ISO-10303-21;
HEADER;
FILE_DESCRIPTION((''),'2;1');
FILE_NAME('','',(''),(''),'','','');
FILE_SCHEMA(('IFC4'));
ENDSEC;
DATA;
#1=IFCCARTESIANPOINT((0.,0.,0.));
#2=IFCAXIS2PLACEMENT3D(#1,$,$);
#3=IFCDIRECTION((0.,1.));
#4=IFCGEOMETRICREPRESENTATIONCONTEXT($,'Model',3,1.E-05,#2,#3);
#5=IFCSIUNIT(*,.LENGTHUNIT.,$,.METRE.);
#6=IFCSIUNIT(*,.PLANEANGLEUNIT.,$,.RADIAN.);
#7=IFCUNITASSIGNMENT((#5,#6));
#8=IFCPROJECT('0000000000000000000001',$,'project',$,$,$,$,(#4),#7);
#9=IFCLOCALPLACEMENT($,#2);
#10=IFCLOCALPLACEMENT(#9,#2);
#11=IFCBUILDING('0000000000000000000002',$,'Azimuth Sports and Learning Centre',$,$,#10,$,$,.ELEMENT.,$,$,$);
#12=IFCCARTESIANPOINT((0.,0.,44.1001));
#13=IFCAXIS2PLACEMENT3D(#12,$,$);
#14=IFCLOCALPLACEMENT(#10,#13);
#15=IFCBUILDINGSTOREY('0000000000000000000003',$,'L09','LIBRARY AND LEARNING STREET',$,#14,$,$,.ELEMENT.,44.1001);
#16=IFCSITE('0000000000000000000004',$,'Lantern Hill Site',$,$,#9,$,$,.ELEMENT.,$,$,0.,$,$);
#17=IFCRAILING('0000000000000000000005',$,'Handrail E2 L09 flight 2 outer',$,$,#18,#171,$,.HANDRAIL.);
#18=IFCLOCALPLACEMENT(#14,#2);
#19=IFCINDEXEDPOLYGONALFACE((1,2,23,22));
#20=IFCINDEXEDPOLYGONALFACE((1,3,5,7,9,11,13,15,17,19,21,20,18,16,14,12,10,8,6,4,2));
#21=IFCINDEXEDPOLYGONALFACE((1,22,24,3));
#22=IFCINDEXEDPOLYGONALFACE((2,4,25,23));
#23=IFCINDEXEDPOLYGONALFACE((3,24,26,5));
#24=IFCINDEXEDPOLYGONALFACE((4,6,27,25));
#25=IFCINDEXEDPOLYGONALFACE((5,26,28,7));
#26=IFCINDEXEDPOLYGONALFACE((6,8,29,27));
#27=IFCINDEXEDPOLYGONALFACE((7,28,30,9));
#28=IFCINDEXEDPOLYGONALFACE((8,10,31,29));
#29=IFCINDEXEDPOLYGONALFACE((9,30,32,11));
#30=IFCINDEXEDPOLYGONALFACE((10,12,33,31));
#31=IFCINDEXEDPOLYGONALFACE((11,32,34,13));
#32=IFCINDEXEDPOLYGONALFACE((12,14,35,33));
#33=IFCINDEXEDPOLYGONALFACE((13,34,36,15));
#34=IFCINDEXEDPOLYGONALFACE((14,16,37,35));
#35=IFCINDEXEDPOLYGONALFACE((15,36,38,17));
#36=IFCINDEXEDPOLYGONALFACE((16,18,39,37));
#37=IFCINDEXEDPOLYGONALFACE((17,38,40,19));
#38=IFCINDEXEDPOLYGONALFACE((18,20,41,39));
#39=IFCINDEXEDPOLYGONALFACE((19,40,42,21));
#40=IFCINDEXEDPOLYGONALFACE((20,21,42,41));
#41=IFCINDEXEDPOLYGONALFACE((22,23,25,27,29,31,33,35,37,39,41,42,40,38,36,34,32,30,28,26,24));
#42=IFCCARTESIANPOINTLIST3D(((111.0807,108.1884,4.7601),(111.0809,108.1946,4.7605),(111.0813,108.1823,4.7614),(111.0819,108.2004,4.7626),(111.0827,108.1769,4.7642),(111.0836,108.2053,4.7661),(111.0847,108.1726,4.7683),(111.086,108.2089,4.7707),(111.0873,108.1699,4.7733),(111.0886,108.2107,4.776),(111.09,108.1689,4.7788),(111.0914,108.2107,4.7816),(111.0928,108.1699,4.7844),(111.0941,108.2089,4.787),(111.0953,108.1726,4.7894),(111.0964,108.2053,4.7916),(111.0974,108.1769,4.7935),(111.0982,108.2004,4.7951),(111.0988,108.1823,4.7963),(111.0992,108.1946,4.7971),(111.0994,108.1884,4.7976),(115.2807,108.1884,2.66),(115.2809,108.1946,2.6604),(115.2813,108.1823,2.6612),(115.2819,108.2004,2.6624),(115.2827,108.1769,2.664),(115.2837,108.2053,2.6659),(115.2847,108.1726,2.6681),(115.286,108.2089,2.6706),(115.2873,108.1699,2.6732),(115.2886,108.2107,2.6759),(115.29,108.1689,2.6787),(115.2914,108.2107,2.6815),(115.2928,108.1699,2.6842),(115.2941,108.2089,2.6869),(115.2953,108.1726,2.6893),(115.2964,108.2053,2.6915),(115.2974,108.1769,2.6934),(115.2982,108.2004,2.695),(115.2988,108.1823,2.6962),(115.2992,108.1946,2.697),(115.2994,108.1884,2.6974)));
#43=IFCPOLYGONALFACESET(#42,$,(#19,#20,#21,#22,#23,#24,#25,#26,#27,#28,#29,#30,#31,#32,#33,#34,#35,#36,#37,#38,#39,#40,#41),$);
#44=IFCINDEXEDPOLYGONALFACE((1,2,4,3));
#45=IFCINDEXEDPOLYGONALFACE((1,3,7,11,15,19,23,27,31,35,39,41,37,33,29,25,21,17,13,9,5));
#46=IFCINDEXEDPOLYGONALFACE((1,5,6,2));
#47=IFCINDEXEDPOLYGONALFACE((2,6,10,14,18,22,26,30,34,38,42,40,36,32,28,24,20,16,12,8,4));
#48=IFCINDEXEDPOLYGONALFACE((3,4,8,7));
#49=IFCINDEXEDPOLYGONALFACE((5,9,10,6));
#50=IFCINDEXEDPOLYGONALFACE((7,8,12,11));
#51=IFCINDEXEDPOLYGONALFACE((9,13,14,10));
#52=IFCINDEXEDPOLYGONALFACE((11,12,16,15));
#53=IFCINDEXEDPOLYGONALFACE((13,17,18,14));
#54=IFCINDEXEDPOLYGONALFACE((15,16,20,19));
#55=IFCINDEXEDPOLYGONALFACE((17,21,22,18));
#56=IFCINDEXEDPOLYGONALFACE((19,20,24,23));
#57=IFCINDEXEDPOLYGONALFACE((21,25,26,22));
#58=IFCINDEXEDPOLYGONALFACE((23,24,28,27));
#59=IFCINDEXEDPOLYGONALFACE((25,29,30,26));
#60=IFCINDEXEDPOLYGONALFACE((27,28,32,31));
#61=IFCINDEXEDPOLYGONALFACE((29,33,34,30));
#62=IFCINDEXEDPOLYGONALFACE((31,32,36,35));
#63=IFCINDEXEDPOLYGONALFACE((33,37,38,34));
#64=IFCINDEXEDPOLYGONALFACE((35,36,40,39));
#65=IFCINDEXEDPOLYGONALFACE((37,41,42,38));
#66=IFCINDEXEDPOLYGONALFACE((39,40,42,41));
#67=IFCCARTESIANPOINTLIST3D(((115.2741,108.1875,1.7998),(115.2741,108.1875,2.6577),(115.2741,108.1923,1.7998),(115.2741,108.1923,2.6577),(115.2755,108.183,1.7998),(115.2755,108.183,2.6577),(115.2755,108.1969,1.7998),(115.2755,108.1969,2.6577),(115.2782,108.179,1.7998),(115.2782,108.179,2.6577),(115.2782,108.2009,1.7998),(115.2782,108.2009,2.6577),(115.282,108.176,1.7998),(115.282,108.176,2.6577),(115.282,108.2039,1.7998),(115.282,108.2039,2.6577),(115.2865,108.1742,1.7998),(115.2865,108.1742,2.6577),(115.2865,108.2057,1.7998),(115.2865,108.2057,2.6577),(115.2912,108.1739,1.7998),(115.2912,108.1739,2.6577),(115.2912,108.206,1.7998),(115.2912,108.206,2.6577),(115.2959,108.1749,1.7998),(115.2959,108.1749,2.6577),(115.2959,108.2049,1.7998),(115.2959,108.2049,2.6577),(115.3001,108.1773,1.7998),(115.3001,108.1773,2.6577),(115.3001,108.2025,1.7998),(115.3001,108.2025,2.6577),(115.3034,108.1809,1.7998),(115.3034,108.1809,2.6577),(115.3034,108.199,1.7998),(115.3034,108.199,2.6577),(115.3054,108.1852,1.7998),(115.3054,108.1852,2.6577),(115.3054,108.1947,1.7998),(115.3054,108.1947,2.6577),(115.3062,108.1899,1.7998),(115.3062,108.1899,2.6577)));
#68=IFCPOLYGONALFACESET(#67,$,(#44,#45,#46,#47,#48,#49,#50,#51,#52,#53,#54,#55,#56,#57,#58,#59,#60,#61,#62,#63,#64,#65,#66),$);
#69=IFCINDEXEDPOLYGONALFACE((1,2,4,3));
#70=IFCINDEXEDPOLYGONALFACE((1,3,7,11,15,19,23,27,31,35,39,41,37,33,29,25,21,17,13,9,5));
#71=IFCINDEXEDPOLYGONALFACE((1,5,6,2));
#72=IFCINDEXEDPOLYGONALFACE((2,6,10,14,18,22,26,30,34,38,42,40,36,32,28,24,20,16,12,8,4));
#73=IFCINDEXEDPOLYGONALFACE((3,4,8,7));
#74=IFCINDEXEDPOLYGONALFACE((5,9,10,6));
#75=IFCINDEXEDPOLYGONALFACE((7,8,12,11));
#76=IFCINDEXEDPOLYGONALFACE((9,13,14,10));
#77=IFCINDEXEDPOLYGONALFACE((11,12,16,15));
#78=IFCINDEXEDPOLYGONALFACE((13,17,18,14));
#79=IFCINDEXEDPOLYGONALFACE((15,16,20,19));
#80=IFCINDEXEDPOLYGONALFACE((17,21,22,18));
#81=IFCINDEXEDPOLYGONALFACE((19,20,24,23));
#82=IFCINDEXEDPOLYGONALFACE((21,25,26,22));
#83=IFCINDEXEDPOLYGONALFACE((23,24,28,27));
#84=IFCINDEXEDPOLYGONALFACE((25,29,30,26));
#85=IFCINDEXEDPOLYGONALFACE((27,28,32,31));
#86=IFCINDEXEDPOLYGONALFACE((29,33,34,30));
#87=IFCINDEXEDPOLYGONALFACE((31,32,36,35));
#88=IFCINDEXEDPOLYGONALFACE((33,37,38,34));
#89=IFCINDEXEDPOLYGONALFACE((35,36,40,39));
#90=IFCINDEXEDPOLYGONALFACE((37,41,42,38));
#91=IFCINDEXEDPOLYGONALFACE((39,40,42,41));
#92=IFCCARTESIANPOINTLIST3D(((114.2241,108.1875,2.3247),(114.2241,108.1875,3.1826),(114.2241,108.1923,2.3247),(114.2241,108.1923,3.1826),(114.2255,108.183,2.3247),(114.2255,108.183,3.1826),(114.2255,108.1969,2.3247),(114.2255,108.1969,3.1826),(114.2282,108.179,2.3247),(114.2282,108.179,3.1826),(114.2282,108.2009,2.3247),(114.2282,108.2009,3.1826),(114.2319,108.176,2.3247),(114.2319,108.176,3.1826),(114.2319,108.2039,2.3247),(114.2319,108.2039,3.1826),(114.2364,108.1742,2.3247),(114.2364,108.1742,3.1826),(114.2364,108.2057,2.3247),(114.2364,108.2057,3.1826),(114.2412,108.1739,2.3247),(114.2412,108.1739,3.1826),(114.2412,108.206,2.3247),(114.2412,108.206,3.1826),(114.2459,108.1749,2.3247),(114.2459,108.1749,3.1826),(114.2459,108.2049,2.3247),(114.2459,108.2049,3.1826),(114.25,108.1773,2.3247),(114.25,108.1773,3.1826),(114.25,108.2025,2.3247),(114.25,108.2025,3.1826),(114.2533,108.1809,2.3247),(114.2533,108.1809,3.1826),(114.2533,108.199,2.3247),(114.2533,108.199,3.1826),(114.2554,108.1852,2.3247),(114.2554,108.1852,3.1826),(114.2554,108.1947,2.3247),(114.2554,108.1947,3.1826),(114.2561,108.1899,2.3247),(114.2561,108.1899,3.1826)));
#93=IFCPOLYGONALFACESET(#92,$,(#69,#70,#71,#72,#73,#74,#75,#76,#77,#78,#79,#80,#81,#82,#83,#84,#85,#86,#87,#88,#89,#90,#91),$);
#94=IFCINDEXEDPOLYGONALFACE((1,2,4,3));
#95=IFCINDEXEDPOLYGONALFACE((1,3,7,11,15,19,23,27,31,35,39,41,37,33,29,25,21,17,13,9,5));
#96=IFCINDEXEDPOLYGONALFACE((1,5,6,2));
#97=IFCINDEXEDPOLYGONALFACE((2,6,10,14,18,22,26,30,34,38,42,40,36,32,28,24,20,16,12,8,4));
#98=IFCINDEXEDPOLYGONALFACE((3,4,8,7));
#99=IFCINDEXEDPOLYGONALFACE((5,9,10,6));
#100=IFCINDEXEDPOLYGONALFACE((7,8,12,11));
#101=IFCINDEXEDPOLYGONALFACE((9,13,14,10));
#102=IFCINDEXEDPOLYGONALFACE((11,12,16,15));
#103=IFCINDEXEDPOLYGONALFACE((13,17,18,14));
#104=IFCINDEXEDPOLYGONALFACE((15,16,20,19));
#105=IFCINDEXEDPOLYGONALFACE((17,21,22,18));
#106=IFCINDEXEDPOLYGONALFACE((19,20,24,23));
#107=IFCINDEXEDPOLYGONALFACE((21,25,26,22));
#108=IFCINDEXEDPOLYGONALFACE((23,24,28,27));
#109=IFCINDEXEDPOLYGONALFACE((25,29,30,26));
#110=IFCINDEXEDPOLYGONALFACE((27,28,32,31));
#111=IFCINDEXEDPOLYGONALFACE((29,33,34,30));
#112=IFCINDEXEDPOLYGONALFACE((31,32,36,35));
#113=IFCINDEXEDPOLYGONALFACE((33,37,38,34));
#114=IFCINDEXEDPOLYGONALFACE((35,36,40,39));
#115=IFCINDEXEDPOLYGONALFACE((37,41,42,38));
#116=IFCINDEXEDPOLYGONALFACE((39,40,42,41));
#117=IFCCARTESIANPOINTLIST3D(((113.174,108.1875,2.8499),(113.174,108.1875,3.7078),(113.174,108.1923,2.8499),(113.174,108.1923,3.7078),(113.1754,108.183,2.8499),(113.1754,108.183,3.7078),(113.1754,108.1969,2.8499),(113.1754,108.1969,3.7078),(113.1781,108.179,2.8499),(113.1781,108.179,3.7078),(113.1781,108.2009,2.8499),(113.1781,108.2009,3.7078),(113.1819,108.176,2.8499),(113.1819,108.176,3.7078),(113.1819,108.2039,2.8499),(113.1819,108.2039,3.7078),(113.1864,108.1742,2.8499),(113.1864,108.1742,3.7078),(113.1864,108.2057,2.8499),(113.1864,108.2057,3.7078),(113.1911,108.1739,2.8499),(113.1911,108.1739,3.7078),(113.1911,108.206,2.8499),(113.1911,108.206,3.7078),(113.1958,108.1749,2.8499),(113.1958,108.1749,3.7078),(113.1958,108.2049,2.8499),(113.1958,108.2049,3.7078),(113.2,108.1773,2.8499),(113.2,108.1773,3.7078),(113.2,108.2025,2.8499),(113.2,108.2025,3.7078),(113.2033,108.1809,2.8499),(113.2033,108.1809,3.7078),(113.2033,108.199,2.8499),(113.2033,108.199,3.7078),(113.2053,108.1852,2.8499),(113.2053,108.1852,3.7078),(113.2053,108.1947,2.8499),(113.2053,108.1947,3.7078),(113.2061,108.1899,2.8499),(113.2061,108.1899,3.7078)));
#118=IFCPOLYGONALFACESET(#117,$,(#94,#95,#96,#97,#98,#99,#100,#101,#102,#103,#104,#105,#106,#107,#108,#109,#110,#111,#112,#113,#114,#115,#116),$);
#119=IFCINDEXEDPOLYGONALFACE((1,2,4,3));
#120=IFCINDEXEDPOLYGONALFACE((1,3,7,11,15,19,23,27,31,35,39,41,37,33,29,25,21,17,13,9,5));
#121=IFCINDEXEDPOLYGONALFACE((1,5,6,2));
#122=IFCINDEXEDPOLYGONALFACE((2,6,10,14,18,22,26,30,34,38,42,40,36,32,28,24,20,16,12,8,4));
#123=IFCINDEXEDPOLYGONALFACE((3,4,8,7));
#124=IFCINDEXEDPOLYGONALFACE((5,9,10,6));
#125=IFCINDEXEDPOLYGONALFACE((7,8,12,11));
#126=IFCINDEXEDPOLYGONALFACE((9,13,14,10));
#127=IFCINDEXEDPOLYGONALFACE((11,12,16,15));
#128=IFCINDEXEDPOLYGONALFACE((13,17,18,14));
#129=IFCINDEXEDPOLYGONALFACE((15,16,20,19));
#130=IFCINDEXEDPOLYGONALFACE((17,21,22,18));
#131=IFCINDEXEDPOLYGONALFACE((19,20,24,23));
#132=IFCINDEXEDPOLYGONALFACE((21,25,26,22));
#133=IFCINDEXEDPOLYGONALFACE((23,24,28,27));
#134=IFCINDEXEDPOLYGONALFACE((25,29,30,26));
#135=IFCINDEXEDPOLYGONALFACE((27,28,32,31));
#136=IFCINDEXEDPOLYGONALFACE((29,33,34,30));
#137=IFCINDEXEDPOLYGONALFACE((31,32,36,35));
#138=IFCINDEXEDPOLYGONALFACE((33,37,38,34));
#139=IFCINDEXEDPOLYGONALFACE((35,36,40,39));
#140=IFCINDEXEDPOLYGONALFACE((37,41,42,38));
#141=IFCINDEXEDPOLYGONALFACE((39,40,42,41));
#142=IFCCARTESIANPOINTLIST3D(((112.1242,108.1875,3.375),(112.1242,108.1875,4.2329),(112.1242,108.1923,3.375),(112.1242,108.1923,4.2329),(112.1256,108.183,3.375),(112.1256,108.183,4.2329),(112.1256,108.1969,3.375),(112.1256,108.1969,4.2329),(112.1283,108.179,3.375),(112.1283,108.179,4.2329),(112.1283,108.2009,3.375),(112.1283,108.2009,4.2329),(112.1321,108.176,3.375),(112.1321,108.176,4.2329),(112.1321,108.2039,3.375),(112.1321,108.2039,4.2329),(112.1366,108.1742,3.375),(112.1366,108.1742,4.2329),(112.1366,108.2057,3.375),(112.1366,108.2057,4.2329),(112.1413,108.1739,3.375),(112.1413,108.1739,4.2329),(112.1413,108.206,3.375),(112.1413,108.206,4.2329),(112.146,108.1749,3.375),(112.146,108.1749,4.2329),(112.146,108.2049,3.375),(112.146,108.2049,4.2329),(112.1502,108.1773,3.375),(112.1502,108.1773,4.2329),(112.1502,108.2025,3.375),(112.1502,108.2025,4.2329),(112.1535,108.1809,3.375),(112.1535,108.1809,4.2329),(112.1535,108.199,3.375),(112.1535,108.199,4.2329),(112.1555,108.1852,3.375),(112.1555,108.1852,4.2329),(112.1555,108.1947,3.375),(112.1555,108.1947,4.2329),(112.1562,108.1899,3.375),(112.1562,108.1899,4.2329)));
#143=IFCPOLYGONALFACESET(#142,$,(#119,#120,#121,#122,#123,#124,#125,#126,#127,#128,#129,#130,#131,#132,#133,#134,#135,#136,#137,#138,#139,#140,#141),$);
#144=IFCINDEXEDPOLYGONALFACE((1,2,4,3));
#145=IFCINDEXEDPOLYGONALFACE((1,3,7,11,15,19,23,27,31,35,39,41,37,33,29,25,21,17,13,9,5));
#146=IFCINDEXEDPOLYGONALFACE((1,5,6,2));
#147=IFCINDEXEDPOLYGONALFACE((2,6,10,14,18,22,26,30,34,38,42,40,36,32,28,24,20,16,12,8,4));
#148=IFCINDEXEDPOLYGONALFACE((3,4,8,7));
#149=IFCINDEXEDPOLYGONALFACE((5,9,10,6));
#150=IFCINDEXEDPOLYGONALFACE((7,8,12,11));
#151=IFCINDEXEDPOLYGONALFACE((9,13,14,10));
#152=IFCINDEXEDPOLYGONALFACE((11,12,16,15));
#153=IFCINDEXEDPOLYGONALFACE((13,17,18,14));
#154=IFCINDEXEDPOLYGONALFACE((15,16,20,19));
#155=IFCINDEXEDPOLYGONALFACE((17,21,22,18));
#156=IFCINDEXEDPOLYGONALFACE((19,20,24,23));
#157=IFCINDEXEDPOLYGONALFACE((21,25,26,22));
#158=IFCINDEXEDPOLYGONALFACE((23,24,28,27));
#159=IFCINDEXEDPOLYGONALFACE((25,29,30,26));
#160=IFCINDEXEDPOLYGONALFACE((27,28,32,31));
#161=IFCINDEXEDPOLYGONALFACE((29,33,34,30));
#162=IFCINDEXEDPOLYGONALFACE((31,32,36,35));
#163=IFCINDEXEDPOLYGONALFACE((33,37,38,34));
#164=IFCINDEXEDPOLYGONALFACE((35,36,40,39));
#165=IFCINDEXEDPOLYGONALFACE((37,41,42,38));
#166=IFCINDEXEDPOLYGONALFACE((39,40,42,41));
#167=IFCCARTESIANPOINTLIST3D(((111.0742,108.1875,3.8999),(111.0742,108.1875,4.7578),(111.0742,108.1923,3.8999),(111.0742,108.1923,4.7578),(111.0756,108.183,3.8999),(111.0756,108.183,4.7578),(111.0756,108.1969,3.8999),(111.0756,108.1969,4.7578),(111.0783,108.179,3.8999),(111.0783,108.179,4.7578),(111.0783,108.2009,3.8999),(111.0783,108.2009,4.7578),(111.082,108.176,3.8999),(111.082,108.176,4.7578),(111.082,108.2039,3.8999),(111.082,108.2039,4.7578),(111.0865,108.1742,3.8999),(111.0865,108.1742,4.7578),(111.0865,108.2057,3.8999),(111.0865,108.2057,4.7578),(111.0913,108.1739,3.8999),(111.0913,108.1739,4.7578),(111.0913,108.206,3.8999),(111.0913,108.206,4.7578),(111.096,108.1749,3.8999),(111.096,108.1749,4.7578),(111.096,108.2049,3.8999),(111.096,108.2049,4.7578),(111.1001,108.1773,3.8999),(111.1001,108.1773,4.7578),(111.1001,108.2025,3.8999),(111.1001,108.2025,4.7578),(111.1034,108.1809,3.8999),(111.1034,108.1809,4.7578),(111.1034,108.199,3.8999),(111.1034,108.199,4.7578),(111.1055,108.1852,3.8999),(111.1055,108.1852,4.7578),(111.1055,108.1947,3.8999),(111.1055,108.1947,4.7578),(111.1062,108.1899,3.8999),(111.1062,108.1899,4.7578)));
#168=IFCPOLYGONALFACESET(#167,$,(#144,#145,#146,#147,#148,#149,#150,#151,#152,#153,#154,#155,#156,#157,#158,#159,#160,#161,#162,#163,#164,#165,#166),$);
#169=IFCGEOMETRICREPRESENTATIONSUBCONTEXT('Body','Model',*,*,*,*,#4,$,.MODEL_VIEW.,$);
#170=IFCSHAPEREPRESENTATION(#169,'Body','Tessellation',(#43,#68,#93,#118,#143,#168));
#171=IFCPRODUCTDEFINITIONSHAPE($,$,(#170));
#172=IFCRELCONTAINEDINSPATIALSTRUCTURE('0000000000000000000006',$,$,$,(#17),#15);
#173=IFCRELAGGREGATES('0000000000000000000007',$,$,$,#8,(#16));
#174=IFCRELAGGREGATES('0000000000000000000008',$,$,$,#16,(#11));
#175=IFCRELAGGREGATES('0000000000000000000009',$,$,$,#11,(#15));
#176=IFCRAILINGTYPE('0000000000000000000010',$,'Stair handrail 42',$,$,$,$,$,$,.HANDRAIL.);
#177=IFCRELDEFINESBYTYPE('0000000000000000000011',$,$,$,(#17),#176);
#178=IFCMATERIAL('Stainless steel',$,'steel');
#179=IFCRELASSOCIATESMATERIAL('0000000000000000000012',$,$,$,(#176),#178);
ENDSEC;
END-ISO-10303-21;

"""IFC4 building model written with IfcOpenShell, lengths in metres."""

from ifc_helpers import new_model, si_unit, direction, frame, origin, origin_2d, place, context, subcontext, project, spatial, circle, extrude, material, type_object, element, save


model = new_model("IFC4")

# Units and contexts
model_context = context("Model", 3, precision=1e-05, world=origin(), true_north=direction((0.0, 1.0)))
body_context = subcontext(model_context, "Body", "Model", "MODEL_VIEW")
ifc_project = project(units=[si_unit("LENGTHUNIT", "METRE"), si_unit("PLANEANGLEUNIT", "RADIAN")], contexts=[model_context])

# Site, building, storey
site_placement = place(None, origin())
site = spatial("IfcSite", under=ifc_project, at=site_placement, Name="Lantern Hill Site", CompositionType="ELEMENT", RefElevation=0.0)
building_placement = place(site_placement, origin())
building = spatial("IfcBuilding", under=site, at=building_placement, Name="Azimuth Sports and Learning Centre", CompositionType="ELEMENT")
storey_placement = place(building_placement, frame((0.0, 0.0, 44.1001)))
storey = spatial("IfcBuildingStorey", under=building, at=storey_placement, Name="L09", Description="LIBRARY AND LEARNING STREET", CompositionType="ELEMENT", Elevation=44.1001)

# Railing
ifc_material_1 = material(Name="Stainless steel", Category="steel")
railing_type = type_object("IfcRailingType", Name="Stair handrail 42", PredefinedType="HANDRAIL", material=ifc_material_1)
railing_placement = place(storey_placement, frame((115.29, 108.1899, 1.7998)))
element("IfcRailing", 1, at=railing_placement, inside=storey, type_object=railing_type, Name="Handrail E2 L09 flight 2 outer", PredefinedType="HANDRAIL", context=body_context, shape_type="SweptSolid", body=[
    extrude(circle(Radius=0.021, at=origin_2d()), frame((0.0, 0.0, 0.8789), z_axis=(-0.894417, 0.0, 0.447234), x_axis=(0.0, -1.0, 0.0)), (0.0, 0.0, 1.0), 4.6958),
    extrude(circle(Radius=0.0161, at=origin_2d()), origin(), (0.0, 0.0, 1.0), 0.8579),
    extrude(circle(Radius=0.0161, at=origin_2d()), frame((-1.05, 0.0, 0.5249)), (0.0, 0.0, 1.0), 0.8579),
    extrude(circle(Radius=0.0161, at=origin_2d()), frame((-2.1001, 0.0, 1.05)), (0.0, 0.0, 1.0), 0.8579),
    extrude(circle(Radius=0.0161, at=origin_2d()), frame((-3.1499, 0.0, 1.5752)), (0.0, 0.0, 1.0), 0.8579),
    extrude(circle(Radius=0.0161, at=origin_2d()), frame((-4.2, 0.0, 2.1001)), (0.0, 0.0, 1.0), 0.8579),
])

save(model, "model.ifc")
